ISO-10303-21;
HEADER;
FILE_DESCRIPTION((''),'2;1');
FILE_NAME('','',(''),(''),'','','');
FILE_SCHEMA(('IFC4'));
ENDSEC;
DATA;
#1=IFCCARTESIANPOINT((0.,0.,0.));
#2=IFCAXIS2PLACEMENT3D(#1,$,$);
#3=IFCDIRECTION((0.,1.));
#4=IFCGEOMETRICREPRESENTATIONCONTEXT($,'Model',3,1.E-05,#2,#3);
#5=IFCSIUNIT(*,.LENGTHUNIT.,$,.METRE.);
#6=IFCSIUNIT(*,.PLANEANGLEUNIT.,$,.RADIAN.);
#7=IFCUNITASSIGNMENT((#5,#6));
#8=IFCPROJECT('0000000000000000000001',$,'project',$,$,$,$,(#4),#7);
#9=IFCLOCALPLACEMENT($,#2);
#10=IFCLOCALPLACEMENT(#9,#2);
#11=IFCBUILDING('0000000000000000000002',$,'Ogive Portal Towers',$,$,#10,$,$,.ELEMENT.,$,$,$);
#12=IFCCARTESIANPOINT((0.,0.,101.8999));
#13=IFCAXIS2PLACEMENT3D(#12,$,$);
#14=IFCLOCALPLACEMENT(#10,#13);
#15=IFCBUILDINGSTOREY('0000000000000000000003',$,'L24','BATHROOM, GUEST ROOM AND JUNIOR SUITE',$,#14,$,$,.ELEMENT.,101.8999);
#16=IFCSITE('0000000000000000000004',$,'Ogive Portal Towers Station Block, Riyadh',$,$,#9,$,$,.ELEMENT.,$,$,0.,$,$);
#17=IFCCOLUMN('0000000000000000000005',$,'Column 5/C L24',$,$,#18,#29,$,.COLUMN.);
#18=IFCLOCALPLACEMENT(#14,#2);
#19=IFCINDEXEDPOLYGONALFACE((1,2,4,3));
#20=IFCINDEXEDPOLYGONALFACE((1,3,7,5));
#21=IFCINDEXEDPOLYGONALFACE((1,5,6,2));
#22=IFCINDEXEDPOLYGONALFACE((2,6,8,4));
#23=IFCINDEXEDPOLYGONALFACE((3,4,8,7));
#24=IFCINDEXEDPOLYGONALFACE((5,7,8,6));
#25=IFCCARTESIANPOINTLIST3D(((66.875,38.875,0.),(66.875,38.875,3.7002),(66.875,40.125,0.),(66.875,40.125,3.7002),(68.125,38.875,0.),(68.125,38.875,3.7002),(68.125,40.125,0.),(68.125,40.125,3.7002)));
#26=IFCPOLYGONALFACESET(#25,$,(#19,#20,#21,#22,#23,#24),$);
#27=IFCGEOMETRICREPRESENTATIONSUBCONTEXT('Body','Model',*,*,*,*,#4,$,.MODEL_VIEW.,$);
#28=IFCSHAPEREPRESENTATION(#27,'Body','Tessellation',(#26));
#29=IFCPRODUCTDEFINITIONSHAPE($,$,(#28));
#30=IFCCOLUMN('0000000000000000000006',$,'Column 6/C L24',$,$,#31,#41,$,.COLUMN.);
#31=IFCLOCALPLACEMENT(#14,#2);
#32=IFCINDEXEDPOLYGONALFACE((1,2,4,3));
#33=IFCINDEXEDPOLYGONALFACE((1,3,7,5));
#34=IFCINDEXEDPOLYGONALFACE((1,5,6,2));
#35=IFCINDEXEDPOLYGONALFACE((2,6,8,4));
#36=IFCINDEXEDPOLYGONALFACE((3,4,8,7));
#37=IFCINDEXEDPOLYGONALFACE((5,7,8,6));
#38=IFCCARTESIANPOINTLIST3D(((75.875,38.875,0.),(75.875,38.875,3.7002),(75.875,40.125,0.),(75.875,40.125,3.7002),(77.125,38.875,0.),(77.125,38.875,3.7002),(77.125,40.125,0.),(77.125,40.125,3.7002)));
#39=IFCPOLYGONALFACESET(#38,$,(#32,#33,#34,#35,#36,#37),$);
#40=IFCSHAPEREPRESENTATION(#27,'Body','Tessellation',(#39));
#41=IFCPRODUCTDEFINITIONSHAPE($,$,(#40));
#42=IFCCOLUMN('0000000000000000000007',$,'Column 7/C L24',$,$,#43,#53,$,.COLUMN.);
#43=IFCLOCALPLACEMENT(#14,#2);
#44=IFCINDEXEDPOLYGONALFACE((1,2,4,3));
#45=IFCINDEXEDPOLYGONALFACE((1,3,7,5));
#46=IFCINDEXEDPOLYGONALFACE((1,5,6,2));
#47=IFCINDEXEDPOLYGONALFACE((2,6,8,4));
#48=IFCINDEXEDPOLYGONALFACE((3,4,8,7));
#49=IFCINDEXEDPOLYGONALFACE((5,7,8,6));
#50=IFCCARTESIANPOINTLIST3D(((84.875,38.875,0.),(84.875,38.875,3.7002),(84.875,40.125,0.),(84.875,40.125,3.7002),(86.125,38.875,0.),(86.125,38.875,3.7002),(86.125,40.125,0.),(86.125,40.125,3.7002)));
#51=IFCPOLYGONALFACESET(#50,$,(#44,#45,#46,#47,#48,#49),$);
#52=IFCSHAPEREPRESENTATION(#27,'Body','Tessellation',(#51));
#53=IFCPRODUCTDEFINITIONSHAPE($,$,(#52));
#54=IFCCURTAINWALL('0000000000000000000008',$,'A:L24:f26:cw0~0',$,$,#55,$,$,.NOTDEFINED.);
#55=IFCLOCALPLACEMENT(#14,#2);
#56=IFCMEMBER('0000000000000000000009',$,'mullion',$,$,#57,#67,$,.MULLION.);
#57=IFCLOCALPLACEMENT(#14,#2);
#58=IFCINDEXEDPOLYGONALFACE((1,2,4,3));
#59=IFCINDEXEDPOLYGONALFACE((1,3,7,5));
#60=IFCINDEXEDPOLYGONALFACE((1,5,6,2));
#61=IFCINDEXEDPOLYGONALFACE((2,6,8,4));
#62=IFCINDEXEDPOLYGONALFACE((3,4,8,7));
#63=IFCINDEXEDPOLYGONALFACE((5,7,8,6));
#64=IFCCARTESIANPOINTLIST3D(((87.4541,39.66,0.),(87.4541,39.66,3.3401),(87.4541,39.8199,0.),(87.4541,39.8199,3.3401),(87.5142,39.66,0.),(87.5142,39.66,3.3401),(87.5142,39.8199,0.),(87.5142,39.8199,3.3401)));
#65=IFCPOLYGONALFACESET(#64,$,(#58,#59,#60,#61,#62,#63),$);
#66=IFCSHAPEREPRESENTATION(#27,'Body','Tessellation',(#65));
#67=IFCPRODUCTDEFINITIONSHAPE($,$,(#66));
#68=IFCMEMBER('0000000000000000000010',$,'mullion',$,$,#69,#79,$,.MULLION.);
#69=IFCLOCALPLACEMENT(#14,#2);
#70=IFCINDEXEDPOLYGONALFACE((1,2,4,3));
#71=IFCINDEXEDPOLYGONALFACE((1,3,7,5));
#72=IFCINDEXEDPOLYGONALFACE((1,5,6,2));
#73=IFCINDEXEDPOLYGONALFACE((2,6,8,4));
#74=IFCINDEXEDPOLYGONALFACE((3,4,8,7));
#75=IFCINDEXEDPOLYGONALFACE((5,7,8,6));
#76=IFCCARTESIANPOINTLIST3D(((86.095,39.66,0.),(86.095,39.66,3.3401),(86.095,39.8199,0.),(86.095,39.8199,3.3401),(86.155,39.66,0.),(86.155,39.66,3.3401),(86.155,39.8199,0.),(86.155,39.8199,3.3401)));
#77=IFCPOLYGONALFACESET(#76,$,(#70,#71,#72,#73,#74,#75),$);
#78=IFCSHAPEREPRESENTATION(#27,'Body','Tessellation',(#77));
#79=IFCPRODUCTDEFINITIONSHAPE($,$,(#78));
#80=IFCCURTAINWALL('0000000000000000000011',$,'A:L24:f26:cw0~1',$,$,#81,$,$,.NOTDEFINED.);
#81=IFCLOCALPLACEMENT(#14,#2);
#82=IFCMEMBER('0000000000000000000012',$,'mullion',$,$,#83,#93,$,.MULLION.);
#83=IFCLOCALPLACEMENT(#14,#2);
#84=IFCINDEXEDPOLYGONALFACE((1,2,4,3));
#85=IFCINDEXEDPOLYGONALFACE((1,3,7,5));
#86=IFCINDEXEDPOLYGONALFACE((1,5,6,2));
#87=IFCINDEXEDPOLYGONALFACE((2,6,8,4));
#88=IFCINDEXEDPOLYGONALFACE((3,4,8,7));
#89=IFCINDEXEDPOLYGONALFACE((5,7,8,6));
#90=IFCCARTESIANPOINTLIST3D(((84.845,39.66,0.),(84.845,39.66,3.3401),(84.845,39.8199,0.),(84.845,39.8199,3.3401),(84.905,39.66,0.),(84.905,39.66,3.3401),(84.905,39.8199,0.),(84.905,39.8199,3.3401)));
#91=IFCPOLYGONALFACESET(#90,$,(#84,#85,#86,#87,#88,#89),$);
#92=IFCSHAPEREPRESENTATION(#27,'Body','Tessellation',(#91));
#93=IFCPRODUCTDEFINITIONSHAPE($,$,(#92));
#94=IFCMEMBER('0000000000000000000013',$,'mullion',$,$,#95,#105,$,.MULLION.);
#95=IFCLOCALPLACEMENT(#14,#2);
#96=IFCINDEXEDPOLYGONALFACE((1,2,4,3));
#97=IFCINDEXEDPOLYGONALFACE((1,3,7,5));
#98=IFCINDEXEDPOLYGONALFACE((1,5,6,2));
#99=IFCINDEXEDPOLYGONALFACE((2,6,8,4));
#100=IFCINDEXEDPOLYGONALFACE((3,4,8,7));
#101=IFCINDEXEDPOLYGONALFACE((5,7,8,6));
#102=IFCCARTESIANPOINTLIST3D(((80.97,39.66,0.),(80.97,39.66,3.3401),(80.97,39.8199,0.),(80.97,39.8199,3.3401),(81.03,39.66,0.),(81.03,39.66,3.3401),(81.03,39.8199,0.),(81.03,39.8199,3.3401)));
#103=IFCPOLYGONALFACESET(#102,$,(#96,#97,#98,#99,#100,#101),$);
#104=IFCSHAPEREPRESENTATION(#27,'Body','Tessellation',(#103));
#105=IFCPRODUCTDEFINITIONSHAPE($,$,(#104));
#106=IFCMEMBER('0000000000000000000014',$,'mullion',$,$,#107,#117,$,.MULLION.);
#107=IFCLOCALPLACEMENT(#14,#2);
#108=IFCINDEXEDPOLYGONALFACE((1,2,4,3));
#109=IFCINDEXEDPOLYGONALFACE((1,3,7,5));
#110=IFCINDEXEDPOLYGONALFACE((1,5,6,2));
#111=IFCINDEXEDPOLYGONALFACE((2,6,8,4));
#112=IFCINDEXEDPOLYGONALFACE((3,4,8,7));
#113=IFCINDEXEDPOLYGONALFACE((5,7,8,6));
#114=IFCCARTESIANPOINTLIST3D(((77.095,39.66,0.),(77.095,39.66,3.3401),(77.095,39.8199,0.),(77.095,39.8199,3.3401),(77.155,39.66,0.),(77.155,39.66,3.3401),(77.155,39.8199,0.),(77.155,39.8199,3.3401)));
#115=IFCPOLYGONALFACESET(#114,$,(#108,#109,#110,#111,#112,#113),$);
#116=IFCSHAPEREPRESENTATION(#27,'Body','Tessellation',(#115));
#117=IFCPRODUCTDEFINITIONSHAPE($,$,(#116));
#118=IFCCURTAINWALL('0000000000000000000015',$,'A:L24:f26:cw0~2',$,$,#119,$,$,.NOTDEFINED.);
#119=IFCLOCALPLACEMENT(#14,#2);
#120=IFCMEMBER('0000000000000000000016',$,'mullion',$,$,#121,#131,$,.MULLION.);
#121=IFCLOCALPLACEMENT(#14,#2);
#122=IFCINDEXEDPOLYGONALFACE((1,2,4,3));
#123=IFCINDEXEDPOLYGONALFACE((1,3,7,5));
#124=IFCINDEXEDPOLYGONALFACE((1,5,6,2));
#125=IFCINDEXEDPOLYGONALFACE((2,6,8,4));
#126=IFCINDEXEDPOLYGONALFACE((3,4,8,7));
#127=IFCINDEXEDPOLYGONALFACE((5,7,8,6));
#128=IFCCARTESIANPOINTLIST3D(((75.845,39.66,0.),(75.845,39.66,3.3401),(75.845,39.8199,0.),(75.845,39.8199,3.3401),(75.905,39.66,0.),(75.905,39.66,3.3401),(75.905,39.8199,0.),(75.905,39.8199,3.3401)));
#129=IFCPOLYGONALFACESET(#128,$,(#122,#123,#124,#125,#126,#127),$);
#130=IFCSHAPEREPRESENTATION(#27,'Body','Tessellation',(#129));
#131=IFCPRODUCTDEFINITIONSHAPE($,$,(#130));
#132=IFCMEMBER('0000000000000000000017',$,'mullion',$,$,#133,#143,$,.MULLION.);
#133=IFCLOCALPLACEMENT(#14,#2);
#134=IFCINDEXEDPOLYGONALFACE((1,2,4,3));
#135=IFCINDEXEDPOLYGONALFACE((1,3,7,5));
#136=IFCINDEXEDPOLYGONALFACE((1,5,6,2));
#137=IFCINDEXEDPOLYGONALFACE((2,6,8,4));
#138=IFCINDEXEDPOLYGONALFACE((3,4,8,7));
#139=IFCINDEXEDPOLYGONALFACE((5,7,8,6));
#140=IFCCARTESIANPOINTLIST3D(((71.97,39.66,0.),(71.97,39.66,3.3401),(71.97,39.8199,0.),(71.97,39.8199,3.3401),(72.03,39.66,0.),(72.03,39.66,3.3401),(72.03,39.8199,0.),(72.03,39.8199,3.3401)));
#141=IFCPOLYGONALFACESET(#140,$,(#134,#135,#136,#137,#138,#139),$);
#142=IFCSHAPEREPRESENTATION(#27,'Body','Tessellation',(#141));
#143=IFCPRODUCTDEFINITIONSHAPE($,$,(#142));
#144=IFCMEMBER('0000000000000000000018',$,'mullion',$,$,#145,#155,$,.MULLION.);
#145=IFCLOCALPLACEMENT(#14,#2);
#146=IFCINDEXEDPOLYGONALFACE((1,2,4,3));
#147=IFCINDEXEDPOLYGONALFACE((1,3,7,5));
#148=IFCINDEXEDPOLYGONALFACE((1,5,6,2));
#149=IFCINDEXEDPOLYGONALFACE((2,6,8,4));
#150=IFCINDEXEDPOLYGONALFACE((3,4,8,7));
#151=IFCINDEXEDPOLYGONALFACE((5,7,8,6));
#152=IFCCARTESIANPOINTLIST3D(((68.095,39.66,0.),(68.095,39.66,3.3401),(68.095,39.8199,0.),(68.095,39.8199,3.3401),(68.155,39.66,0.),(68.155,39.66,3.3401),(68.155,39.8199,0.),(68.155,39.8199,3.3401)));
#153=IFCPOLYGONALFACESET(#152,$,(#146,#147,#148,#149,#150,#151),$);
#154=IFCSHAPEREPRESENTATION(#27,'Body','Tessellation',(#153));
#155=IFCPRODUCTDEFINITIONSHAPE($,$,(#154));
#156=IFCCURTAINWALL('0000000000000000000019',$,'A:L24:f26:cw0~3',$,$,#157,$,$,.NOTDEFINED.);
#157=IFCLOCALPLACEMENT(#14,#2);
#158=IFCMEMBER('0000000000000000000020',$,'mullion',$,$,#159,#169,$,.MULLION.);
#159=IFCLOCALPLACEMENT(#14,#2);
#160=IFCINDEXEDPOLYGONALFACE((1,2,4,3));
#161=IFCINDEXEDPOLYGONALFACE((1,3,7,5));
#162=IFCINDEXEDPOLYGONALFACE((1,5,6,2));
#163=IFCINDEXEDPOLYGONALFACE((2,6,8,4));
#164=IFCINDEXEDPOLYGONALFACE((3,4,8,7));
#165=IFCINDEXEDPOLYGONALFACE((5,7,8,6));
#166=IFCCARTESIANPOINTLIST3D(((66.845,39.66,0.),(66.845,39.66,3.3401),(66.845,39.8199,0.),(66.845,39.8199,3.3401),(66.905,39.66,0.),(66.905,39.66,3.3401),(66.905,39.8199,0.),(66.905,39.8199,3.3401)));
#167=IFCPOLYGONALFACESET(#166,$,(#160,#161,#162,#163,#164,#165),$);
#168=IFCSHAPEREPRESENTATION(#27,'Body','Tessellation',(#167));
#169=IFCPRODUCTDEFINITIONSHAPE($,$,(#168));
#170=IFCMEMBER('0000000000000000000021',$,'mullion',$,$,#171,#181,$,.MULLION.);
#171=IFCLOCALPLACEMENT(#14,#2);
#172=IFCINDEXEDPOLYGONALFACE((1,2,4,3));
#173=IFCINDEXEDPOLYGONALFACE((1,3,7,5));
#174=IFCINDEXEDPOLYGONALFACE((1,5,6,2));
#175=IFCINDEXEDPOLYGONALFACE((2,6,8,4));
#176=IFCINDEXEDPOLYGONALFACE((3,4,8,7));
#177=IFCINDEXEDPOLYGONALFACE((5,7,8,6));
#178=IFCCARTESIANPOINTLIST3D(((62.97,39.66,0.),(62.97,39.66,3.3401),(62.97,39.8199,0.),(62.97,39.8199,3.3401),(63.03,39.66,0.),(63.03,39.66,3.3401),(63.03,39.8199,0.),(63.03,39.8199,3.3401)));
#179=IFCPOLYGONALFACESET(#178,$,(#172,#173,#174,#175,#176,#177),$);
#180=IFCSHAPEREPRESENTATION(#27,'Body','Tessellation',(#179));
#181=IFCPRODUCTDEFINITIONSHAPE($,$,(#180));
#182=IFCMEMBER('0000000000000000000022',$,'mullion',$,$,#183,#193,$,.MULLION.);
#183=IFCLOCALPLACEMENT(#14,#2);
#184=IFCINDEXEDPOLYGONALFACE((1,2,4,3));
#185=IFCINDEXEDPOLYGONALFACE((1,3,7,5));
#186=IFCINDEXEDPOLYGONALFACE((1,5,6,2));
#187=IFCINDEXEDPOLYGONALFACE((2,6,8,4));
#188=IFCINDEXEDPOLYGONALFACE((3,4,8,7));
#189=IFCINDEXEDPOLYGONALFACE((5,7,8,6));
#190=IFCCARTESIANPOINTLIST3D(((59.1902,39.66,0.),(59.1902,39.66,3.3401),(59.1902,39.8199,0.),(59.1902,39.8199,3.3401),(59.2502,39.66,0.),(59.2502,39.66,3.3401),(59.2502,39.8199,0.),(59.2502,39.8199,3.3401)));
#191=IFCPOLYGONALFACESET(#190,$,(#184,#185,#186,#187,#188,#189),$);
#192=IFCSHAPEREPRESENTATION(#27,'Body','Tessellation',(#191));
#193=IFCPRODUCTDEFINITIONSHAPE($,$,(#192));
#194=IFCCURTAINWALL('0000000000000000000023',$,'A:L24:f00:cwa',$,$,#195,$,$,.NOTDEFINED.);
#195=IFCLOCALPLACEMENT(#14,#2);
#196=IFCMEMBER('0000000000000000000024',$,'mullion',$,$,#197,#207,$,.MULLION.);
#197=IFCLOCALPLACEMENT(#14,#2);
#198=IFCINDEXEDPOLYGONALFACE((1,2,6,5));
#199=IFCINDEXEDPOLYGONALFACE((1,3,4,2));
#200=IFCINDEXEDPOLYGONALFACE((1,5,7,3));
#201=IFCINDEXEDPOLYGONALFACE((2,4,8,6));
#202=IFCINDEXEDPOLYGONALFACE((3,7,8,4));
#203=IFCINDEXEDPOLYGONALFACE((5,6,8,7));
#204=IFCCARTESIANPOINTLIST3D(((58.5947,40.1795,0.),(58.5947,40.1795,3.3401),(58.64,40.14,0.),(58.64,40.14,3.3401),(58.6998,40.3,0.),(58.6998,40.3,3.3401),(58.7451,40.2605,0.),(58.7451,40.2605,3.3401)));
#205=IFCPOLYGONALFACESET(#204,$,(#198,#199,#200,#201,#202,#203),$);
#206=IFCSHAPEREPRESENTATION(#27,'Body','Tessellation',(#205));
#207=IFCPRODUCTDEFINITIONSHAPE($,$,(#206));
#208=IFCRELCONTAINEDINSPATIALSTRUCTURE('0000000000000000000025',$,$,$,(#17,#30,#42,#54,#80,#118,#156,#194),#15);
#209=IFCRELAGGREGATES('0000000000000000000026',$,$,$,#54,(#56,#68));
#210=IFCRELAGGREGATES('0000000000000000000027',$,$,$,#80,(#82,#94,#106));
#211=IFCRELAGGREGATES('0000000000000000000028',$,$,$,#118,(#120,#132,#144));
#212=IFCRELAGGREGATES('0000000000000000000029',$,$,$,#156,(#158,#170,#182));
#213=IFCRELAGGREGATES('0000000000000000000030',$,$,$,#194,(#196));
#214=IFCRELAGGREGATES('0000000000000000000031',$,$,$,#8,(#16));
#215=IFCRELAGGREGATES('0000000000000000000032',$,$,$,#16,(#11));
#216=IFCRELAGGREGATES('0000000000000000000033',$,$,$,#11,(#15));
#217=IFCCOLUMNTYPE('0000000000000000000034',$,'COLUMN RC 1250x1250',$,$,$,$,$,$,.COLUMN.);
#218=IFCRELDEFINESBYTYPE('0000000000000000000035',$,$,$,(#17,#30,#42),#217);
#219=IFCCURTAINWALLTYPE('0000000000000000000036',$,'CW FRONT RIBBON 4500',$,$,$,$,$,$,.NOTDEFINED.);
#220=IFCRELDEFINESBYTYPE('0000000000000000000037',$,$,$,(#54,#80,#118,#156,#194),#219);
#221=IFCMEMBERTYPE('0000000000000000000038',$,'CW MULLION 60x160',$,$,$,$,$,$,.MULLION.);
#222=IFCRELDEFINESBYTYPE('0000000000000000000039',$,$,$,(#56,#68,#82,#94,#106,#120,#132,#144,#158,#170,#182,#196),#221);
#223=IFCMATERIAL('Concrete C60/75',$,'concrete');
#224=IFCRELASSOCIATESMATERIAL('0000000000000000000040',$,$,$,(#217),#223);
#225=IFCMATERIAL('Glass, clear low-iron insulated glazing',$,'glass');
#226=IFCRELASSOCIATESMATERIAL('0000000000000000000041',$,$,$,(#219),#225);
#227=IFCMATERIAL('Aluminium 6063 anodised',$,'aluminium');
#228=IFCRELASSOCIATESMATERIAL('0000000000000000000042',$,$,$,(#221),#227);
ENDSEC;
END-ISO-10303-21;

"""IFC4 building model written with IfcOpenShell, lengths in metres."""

from ifc_helpers import new_model, si_unit, direction, frame, origin, origin_2d, place, context, subcontext, project, spatial, rectangle, extrude, material, material_profile, profile_set, type_object, element, aggregate, save


model = new_model("IFC4")

# Units and contexts
model_context = context("Model", 3, precision=1e-05, world=origin(), true_north=direction((0.0, 1.0)))
body_context = subcontext(model_context, "Body", "Model", "MODEL_VIEW")
ifc_project = project(units=[si_unit("LENGTHUNIT", "METRE"), si_unit("PLANEANGLEUNIT", "RADIAN")], contexts=[model_context])

# Site, building, storey
site_placement = place(None, origin())
site = spatial("IfcSite", under=ifc_project, at=site_placement, Name="Ogive Portal Towers Station Block, Riyadh", CompositionType="ELEMENT", RefElevation=0.0)
building_placement = place(site_placement, origin())
building = spatial("IfcBuilding", under=site, at=building_placement, Name="Ogive Portal Towers", CompositionType="ELEMENT")
storey_placement = place(building_placement, frame((0.0, 0.0, 101.8999)))
storey = spatial("IfcBuildingStorey", under=building, at=storey_placement, Name="L24", Description="BATHROOM, GUEST ROOM AND JUNIOR SUITE", CompositionType="ELEMENT", Elevation=101.8999)

# Columns
ifc_material_1 = material(Name="Concrete C60/75", Category="concrete")
ifc_material_profile_1 = material_profile(ifc_material_1, rectangle(XDim=1.25, YDim=1.25, at=origin_2d()), Name="RC 1250x1250")
ifc_profile_set_1 = profile_set([ifc_material_profile_1], Name="Concrete C60/75")
column_type = type_object("IfcColumnType", Name="COLUMN RC 1250x1250", PredefinedType="COLUMN", material=ifc_profile_set_1)
for number, where, z_axis, x_axis, name in (
    (1, (67.5, 39.5, 0.0), (0.0, 0.0, 1.0), (1.0, 0.0, 0.0), "Column 5/C L24"),
    (2, (76.5, 39.5, 0.0), (0.0, 0.0, 1.0), (1.0, 0.0, 0.0), "Column 6/C L24"),
    (3, (85.5, 39.5, 0.0), (0.0, 0.0, 1.0), (1.0, 0.0, 0.0), "Column 7/C L24"),
):
    element("IfcColumn", number, at=place(storey_placement, frame(where, z_axis=z_axis, x_axis=x_axis)), inside=storey, type_object=column_type, Name=name, PredefinedType="COLUMN", context=body_context, shape_type="SweptSolid", body=[
        extrude(rectangle(XDim=1.25, YDim=1.25, at=origin_2d()), origin(), (0.0, 0.0, 1.0), 3.7002),
    ])

# Curtain walls, members
ifc_material_2 = material(Name="Glass, clear low-iron insulated glazing", Category="glass")
curtain_wall_type = type_object("IfcCurtainWallType", Name="CW FRONT RIBBON 4500", PredefinedType="NOTDEFINED", material=ifc_material_2)
curtain_wall_1_placement = place(storey_placement, origin())
curtain_wall_1 = element("IfcCurtainWall", 4, at=curtain_wall_1_placement, inside=storey, type_object=curtain_wall_type, Name="A:L24:f26:cw0~0", PredefinedType="NOTDEFINED")
ifc_material_3 = material(Name="Aluminium 6063 anodised", Category="aluminium")
ifc_material_profile_2 = material_profile(ifc_material_3, rectangle(XDim=0.1599, YDim=0.0601, at=origin_2d()), Name="AL 60x160")
ifc_profile_set_2 = profile_set([ifc_material_profile_2], Name="Aluminium 6063 anodised")
member_type_1 = type_object("IfcMemberType", Name="CW MULLION 60x160", PredefinedType="MULLION", material=ifc_profile_set_2)
member_1_placement = place(storey_placement, frame((87.4841, 39.74, 0.0), z_axis=(0.0, 0.0, 1.0), x_axis=(0.0, -1.0, 0.0)))
member_1 = element("IfcMember", 5, at=member_1_placement, type_object=member_type_1, Name="mullion", PredefinedType="MULLION", context=body_context, shape_type="SweptSolid", body=[
    extrude(rectangle(XDim=0.1599, YDim=0.0601, at=origin_2d()), origin(), (0.0, 0.0, 1.0), 3.3401),
])
member_2_placement = place(storey_placement, frame((86.125, 39.74, 0.0), z_axis=(0.0, 0.0, 1.0), x_axis=(0.0, -1.0, 0.0)))
member_2 = element("IfcMember", 6, at=member_2_placement, type_object=member_type_1, Name="mullion", PredefinedType="MULLION", context=body_context, shape_type="SweptSolid", body=[
    extrude(rectangle(XDim=0.1599, YDim=0.0601, at=origin_2d()), origin(), (0.0, 0.0, 1.0), 3.3401),
])
curtain_wall_2_placement = place(storey_placement, origin())
curtain_wall_2 = element("IfcCurtainWall", 7, at=curtain_wall_2_placement, inside=storey, type_object=curtain_wall_type, Name="A:L24:f26:cw0~1", PredefinedType="NOTDEFINED")
member_3_placement = place(storey_placement, frame((84.875, 39.74, 0.0), z_axis=(0.0, 0.0, 1.0), x_axis=(0.0, -1.0, 0.0)))
member_3 = element("IfcMember", 8, at=member_3_placement, type_object=member_type_1, Name="mullion", PredefinedType="MULLION", context=body_context, shape_type="SweptSolid", body=[
    extrude(rectangle(XDim=0.1599, YDim=0.0601, at=origin_2d()), origin(), (0.0, 0.0, 1.0), 3.3401),
])
member_4_placement = place(storey_placement, frame((81.0, 39.74, 0.0), z_axis=(0.0, 0.0, 1.0), x_axis=(0.0, -1.0, 0.0)))
member_4 = element("IfcMember", 9, at=member_4_placement, type_object=member_type_1, Name="mullion", PredefinedType="MULLION", context=body_context, shape_type="SweptSolid", body=[
    extrude(rectangle(XDim=0.1599, YDim=0.0601, at=origin_2d()), origin(), (0.0, 0.0, 1.0), 3.3401),
])
member_5_placement = place(storey_placement, frame((77.125, 39.74, 0.0), z_axis=(0.0, 0.0, 1.0), x_axis=(0.0, -1.0, 0.0)))
member_5 = element("IfcMember", 10, at=member_5_placement, type_object=member_type_1, Name="mullion", PredefinedType="MULLION", context=body_context, shape_type="SweptSolid", body=[
    extrude(rectangle(XDim=0.1599, YDim=0.0601, at=origin_2d()), origin(), (0.0, 0.0, 1.0), 3.3401),
])
curtain_wall_3_placement = place(storey_placement, origin())
curtain_wall_3 = element("IfcCurtainWall", 11, at=curtain_wall_3_placement, inside=storey, type_object=curtain_wall_type, Name="A:L24:f26:cw0~2", PredefinedType="NOTDEFINED")
member_6_placement = place(storey_placement, frame((75.875, 39.74, 0.0), z_axis=(0.0, 0.0, 1.0), x_axis=(0.0, -1.0, 0.0)))
member_6 = element("IfcMember", 12, at=member_6_placement, type_object=member_type_1, Name="mullion", PredefinedType="MULLION", context=body_context, shape_type="SweptSolid", body=[
    extrude(rectangle(XDim=0.1599, YDim=0.0601, at=origin_2d()), origin(), (0.0, 0.0, 1.0), 3.3401),
])
member_7_placement = place(storey_placement, frame((72.0, 39.74, 0.0), z_axis=(0.0, 0.0, 1.0), x_axis=(0.0, -1.0, 0.0)))
member_7 = element("IfcMember", 13, at=member_7_placement, type_object=member_type_1, Name="mullion", PredefinedType="MULLION", context=body_context, shape_type="SweptSolid", body=[
    extrude(rectangle(XDim=0.1599, YDim=0.0601, at=origin_2d()), origin(), (0.0, 0.0, 1.0), 3.3401),
])
member_8_placement = place(storey_placement, frame((68.125, 39.74, 0.0), z_axis=(0.0, 0.0, 1.0), x_axis=(0.0, -1.0, 0.0)))
member_8 = element("IfcMember", 14, at=member_8_placement, type_object=member_type_1, Name="mullion", PredefinedType="MULLION", context=body_context, shape_type="SweptSolid", body=[
    extrude(rectangle(XDim=0.1599, YDim=0.0601, at=origin_2d()), origin(), (0.0, 0.0, 1.0), 3.3401),
])
curtain_wall_4_placement = place(storey_placement, origin())
curtain_wall_4 = element("IfcCurtainWall", 15, at=curtain_wall_4_placement, inside=storey, type_object=curtain_wall_type, Name="A:L24:f26:cw0~3", PredefinedType="NOTDEFINED")
member_9_placement = place(storey_placement, frame((66.875, 39.74, 0.0), z_axis=(0.0, 0.0, 1.0), x_axis=(0.0, -1.0, 0.0)))
member_9 = element("IfcMember", 16, at=member_9_placement, type_object=member_type_1, Name="mullion", PredefinedType="MULLION", context=body_context, shape_type="SweptSolid", body=[
    extrude(rectangle(XDim=0.1599, YDim=0.0601, at=origin_2d()), origin(), (0.0, 0.0, 1.0), 3.3401),
])
member_10_placement = place(storey_placement, frame((63.0, 39.74, 0.0), z_axis=(0.0, 0.0, 1.0), x_axis=(0.0, -1.0, 0.0)))
member_10 = element("IfcMember", 17, at=member_10_placement, type_object=member_type_1, Name="mullion", PredefinedType="MULLION", context=body_context, shape_type="SweptSolid", body=[
    extrude(rectangle(XDim=0.1599, YDim=0.0601, at=origin_2d()), origin(), (0.0, 0.0, 1.0), 3.3401),
])
member_11_placement = place(storey_placement, frame((59.2202, 39.74, 0.0), z_axis=(0.0, 0.0, 1.0), x_axis=(0.0, -1.0, 0.0)))
member_11 = element("IfcMember", 18, at=member_11_placement, type_object=member_type_1, Name="mullion", PredefinedType="MULLION", context=body_context, shape_type="SweptSolid", body=[
    extrude(rectangle(XDim=0.1599, YDim=0.0601, at=origin_2d()), origin(), (0.0, 0.0, 1.0), 3.3401),
])

# Curtain wall, member
curtain_wall_5_placement = place(storey_placement, origin())
curtain_wall_5 = element("IfcCurtainWall", 19, at=curtain_wall_5_placement, inside=storey, type_object=curtain_wall_type, Name="A:L24:f00:cwa", PredefinedType="NOTDEFINED")
member_12_placement = place(storey_placement, frame((58.6699, 40.22, 0.0), z_axis=(0.0, 0.0, 1.0), x_axis=(-0.657335, -0.753599, 0.0)))
member_12 = element("IfcMember", 20, at=member_12_placement, type_object=member_type_1, Name="mullion", PredefinedType="MULLION", context=body_context, shape_type="SweptSolid", body=[
    extrude(rectangle(XDim=0.1599, YDim=0.0601, at=origin_2d()), origin(), (0.0, 0.0, 1.0), 3.3401),
])

aggregate(curtain_wall_1, [member_1, member_2])
aggregate(curtain_wall_2, [member_3, member_4, member_5])
aggregate(curtain_wall_3, [member_6, member_7, member_8])
aggregate(curtain_wall_4, [member_9, member_10, member_11])
aggregate(curtain_wall_5, [member_12])

save(model, "model.ifc")
